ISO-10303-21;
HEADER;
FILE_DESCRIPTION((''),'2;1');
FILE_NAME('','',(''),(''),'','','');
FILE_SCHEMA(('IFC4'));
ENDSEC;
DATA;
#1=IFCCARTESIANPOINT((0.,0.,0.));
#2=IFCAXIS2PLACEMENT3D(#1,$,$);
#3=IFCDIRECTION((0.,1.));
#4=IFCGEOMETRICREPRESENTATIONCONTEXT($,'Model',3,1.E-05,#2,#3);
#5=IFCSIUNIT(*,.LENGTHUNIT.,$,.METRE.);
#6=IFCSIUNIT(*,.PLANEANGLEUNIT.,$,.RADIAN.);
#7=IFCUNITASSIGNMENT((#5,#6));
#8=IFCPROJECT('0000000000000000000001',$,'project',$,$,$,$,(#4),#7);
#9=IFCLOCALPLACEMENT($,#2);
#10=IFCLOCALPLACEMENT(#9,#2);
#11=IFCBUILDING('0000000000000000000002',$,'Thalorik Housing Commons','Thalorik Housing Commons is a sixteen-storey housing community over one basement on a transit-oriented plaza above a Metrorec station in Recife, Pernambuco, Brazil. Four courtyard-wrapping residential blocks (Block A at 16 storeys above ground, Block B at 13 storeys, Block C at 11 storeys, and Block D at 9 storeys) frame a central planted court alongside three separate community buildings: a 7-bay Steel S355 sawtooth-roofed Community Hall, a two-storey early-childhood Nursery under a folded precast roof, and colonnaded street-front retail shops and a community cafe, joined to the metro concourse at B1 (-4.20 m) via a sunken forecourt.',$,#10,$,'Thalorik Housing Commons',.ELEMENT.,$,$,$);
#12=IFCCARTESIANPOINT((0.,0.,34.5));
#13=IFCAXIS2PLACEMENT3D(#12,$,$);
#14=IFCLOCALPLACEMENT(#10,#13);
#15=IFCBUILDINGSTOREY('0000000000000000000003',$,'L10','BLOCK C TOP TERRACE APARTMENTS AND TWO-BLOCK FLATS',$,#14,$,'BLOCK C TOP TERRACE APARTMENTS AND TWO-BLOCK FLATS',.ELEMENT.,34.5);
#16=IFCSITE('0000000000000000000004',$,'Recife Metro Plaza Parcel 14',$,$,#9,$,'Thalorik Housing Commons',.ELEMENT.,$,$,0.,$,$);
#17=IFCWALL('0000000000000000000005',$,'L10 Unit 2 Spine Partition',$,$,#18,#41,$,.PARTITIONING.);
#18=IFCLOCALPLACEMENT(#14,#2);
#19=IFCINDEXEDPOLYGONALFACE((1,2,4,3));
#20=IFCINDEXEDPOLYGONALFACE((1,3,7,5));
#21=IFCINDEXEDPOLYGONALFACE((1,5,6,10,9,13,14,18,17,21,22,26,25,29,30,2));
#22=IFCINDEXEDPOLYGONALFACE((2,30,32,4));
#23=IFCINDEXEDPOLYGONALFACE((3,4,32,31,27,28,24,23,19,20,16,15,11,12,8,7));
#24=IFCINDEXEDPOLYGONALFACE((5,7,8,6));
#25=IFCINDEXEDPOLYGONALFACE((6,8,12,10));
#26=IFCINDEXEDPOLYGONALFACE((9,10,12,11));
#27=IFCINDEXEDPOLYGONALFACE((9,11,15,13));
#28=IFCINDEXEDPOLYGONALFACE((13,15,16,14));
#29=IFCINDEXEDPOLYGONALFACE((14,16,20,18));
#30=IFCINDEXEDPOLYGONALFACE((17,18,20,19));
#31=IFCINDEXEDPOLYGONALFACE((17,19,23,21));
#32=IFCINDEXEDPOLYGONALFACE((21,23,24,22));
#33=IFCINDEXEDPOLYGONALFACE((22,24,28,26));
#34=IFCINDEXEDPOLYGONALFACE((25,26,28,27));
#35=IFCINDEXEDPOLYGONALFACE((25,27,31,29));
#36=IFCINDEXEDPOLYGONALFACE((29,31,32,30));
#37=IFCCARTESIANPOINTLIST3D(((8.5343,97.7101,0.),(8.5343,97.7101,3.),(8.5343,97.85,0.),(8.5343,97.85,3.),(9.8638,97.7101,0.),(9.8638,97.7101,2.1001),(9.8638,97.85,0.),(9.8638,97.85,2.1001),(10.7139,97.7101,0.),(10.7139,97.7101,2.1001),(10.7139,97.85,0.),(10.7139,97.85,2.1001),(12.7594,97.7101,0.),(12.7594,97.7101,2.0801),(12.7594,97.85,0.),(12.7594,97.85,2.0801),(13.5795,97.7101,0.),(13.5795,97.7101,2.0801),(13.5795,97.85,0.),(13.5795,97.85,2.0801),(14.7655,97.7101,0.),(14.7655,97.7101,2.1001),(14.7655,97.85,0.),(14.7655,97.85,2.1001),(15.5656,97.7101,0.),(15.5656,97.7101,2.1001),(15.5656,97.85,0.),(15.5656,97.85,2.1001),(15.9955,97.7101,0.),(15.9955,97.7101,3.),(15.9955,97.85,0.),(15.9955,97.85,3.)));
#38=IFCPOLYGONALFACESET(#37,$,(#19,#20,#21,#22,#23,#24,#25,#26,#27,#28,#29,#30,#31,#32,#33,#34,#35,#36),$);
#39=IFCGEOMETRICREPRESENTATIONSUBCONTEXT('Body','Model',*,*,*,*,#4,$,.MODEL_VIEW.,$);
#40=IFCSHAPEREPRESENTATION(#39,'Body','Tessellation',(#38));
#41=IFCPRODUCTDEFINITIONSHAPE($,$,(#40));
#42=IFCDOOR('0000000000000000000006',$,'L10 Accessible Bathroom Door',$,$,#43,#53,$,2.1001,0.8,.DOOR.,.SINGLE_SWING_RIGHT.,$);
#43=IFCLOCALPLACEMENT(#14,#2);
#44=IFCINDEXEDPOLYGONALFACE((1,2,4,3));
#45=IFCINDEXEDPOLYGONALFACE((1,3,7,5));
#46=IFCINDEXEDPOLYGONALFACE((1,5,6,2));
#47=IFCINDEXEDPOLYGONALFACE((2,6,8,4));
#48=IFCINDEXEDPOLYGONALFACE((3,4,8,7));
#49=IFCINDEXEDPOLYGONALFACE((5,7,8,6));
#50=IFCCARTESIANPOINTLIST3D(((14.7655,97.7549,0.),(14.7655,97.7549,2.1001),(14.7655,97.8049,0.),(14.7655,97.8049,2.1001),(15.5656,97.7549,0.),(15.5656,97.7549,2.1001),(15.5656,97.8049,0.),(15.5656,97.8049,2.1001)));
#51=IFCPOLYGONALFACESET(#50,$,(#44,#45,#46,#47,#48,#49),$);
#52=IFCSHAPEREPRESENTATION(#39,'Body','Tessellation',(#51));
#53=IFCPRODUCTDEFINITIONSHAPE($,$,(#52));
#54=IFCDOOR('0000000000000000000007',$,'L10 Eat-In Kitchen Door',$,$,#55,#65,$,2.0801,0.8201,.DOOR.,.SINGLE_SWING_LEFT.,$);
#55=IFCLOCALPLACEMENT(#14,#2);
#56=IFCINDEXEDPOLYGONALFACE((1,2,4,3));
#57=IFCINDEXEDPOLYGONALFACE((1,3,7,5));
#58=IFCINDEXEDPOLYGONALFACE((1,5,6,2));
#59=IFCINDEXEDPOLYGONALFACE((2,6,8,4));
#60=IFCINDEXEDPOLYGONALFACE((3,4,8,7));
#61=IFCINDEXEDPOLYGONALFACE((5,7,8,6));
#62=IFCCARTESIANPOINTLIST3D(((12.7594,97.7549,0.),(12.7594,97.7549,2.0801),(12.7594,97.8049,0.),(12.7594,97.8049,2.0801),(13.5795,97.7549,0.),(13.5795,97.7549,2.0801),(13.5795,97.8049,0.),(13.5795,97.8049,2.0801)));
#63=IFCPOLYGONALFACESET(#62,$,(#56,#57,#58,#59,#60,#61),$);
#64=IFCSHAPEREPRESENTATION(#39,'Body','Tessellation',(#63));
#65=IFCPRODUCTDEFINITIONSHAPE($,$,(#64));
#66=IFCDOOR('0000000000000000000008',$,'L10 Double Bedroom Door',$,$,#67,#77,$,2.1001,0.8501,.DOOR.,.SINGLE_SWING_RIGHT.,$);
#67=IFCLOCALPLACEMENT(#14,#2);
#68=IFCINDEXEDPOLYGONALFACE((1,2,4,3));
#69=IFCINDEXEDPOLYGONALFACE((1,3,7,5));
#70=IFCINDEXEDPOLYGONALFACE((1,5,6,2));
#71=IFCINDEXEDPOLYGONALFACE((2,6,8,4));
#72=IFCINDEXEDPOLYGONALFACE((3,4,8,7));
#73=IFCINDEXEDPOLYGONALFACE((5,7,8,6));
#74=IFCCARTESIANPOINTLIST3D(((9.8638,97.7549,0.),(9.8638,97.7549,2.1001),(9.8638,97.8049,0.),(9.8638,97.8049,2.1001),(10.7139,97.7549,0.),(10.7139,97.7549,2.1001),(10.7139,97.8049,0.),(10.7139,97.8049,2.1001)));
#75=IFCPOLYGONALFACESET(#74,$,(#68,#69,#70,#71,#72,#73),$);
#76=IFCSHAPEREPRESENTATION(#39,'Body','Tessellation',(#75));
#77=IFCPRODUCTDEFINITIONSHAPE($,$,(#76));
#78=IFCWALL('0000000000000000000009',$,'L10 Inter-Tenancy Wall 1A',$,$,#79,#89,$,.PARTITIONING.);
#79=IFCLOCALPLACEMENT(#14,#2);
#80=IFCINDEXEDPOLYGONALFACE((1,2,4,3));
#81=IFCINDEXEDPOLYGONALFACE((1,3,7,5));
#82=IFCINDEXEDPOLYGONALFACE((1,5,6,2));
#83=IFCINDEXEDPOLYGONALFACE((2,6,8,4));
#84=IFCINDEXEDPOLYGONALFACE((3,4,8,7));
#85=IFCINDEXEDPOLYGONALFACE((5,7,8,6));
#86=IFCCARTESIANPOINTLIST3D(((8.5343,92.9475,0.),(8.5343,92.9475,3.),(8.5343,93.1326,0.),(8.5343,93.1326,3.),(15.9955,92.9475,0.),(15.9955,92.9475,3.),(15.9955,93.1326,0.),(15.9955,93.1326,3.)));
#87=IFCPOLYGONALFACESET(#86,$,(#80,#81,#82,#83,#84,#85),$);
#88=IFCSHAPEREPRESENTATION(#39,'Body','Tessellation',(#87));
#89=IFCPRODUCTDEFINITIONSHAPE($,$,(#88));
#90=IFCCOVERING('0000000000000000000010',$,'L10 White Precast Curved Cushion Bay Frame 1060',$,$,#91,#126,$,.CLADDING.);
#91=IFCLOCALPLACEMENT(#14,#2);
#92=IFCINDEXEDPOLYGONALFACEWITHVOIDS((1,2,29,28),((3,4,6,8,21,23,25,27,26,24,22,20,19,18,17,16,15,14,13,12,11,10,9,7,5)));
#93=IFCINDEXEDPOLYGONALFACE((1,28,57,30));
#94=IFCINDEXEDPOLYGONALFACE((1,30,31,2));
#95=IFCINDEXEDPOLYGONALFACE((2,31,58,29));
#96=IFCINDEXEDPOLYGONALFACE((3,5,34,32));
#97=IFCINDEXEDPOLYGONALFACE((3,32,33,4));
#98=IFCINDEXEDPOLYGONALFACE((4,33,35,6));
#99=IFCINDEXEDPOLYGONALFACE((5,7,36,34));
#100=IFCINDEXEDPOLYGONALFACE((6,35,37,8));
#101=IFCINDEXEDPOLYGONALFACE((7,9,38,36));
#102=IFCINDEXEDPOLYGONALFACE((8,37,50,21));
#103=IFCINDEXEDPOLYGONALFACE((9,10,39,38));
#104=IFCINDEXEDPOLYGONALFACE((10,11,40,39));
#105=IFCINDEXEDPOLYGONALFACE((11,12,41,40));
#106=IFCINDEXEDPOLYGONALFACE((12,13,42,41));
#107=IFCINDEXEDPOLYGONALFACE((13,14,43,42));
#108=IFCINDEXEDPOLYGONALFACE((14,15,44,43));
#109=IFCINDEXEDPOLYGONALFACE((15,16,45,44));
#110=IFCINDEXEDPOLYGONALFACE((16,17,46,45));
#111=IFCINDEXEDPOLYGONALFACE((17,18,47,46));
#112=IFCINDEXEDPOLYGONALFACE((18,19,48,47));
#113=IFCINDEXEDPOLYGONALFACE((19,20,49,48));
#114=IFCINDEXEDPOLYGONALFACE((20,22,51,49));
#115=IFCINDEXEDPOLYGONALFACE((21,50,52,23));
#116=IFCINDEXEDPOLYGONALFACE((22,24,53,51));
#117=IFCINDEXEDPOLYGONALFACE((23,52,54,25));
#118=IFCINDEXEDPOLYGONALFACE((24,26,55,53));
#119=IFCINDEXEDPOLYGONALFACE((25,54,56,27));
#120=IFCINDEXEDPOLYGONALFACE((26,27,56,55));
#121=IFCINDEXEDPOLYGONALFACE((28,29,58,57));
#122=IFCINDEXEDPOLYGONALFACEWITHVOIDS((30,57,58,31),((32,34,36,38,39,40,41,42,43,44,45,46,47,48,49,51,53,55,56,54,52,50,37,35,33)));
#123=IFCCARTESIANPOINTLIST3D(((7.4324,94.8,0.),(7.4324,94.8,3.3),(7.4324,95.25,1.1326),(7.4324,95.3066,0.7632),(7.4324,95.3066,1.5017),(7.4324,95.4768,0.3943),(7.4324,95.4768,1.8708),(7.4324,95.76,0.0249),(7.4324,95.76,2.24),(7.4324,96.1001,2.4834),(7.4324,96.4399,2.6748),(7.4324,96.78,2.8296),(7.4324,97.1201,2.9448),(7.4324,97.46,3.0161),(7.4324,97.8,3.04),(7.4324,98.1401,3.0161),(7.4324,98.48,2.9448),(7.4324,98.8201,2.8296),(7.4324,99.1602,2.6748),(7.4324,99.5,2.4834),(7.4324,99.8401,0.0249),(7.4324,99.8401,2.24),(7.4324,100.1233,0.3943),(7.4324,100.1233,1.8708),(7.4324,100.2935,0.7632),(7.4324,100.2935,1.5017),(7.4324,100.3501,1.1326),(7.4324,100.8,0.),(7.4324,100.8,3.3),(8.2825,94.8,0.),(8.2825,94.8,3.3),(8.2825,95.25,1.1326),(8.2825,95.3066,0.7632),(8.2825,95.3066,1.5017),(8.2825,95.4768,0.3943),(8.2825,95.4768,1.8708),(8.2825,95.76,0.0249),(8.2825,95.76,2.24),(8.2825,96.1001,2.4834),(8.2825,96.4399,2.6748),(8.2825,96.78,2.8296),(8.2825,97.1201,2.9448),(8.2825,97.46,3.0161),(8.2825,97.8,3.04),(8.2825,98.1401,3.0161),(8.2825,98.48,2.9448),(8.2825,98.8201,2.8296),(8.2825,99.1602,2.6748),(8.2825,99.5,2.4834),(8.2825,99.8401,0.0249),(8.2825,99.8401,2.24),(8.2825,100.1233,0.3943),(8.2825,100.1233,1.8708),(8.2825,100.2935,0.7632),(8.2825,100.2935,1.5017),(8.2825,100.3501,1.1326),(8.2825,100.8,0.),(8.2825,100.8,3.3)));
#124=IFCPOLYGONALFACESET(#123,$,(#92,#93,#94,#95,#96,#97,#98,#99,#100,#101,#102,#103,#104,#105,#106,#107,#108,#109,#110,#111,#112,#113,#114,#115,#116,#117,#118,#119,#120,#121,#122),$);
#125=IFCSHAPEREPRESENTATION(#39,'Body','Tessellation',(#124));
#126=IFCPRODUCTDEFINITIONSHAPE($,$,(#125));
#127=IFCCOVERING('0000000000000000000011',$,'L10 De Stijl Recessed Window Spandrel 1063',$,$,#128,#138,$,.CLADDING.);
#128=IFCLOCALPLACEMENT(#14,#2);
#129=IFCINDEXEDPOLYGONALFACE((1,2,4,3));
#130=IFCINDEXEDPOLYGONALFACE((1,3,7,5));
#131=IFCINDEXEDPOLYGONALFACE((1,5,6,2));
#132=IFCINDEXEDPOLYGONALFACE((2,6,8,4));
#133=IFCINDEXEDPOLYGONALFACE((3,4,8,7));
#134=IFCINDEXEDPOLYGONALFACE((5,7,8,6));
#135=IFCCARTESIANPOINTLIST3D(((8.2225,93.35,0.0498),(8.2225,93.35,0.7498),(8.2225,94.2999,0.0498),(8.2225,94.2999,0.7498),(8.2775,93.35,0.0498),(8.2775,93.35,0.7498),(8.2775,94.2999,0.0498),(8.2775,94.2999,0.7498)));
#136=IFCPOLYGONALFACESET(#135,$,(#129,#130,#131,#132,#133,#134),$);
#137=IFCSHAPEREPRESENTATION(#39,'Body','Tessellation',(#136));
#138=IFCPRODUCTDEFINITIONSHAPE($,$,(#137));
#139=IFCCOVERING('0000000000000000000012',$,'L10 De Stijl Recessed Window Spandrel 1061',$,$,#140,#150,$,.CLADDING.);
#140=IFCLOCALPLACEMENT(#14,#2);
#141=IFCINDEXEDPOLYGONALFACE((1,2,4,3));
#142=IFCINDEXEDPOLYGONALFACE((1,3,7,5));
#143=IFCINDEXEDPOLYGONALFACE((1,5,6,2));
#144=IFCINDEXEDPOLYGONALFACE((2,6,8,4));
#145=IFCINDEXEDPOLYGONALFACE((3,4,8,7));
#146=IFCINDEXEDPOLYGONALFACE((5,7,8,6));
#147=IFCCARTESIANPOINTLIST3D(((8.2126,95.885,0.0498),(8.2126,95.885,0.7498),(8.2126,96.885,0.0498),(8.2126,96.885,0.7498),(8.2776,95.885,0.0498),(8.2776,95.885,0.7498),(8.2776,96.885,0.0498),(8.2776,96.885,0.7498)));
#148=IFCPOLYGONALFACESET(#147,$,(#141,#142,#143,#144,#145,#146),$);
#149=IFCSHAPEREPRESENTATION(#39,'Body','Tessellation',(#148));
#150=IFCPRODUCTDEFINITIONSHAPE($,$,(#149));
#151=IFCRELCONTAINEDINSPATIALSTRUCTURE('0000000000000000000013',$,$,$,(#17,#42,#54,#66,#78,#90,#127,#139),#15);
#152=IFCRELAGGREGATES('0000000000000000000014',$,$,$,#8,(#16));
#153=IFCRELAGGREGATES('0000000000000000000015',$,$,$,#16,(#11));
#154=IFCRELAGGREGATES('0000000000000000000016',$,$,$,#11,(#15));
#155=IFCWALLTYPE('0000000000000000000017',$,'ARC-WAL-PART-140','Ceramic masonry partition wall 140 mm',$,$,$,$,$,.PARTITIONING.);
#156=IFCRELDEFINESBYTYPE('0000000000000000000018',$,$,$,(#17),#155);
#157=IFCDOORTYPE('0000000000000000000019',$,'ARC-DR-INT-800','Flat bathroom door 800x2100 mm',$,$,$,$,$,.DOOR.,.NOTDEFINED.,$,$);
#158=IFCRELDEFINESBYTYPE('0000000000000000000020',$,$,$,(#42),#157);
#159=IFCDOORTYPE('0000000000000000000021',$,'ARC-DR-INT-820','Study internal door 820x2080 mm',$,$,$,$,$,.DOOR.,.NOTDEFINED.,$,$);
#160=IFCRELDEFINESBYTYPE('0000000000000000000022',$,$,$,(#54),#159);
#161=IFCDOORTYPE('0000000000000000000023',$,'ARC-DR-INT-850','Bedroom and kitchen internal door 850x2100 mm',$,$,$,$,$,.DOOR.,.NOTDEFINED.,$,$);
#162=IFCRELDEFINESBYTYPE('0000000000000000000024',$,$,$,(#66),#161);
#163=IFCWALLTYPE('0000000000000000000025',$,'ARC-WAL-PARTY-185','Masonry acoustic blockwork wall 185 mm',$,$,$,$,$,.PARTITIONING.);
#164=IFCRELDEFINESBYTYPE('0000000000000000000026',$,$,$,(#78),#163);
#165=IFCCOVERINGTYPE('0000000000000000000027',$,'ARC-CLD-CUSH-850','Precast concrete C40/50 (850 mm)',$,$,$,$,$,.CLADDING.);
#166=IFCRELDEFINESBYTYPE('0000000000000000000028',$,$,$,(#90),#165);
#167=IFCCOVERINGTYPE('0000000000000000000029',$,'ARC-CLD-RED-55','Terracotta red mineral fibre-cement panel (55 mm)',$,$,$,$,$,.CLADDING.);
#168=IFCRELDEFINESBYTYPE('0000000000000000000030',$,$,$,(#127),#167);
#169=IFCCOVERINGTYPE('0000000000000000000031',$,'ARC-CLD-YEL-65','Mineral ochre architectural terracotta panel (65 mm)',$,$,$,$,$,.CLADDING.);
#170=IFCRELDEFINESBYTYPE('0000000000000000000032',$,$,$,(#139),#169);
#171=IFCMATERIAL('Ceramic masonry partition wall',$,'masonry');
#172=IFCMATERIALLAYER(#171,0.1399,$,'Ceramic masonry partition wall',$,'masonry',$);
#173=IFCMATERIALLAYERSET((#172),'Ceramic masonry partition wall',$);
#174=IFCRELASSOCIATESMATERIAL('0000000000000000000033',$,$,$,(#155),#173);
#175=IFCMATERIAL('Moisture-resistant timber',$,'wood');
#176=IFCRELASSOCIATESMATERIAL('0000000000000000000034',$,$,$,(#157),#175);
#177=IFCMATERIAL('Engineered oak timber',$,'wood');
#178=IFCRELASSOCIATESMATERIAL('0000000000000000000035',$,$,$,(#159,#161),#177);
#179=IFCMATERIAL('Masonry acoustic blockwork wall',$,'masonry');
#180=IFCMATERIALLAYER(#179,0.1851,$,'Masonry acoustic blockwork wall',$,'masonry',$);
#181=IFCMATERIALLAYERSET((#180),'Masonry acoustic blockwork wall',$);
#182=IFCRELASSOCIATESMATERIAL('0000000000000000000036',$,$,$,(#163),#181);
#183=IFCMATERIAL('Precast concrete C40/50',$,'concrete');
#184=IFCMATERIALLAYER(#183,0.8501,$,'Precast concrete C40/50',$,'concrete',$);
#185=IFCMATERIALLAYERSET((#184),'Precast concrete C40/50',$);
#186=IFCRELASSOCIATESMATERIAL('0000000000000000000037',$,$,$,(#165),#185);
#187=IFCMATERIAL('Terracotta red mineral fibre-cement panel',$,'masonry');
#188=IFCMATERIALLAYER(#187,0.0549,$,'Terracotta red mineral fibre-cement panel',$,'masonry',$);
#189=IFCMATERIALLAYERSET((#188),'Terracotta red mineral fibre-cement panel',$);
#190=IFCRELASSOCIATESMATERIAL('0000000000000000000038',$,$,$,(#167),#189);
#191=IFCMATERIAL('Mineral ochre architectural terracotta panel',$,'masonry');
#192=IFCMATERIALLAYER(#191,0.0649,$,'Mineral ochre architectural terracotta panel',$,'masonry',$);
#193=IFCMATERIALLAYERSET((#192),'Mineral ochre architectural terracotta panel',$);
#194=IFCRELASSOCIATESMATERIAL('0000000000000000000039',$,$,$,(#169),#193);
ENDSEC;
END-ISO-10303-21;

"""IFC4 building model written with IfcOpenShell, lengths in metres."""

from ifc_helpers import new_model, si_unit, direction, frame, frame_2d, origin, origin_2d, place, context, subcontext, project, spatial, polyline, rectangle, outline, extrude, material, layer, layer_set, type_object, element, fill, save


model = new_model("IFC4")

# Units and contexts
model_context = context("Model", 3, precision=1e-05, world=origin(), true_north=direction((0.0, 1.0)))
body_context = subcontext(model_context, "Body", "Model", "MODEL_VIEW")
ifc_project = project(units=[si_unit("LENGTHUNIT", "METRE"), si_unit("PLANEANGLEUNIT", "RADIAN")], contexts=[model_context])

# Site, building, storey
site_placement = place(None, origin())
site = spatial("IfcSite", under=ifc_project, at=site_placement, Name="Recife Metro Plaza Parcel 14", LongName="Thalorik Housing Commons", CompositionType="ELEMENT", RefElevation=0.0)
building_placement = place(site_placement, origin())
building = spatial("IfcBuilding", under=site, at=building_placement, Name="Thalorik Housing Commons", Description="Thalorik Housing Commons is a sixteen-storey housing community over one basement on a transit-oriented plaza above a Metrorec station in Recife, Pernambuco, Brazil. Four courtyard-wrapping residential blocks (Block A at 16 storeys above ground, Block B at 13 storeys, Block C at 11 storeys, and Block D at 9 storeys) frame a central planted court alongside three separate community buildings: a 7-bay Steel S355 sawtooth-roofed Community Hall, a two-storey early-childhood Nursery under a folded precast roof, and colonnaded street-front retail shops and a community cafe, joined to the metro concourse at B1 (-4.20 m) via a sunken forecourt.", LongName="Thalorik Housing Commons", CompositionType="ELEMENT")
storey_placement = place(building_placement, frame((0.0, 0.0, 34.5)))
storey = spatial("IfcBuildingStorey", under=building, at=storey_placement, Name="L10", Description="BLOCK C TOP TERRACE APARTMENTS AND TWO-BLOCK FLATS", LongName="BLOCK C TOP TERRACE APARTMENTS AND TWO-BLOCK FLATS", CompositionType="ELEMENT", Elevation=34.5)

# Shared definitions
ifc_material_1 = material(Name="Precast concrete C40/50", Category="concrete")

# Shared definitions
ifc_material_2 = material(Name="Ceramic masonry partition wall", Category="masonry")
ifc_layer_1 = layer(ifc_material_2, 0.1399, Name="Ceramic masonry partition wall", Category="masonry")
ifc_layer_set_1 = layer_set([ifc_layer_1], Name="Ceramic masonry partition wall")
wall_type_1 = type_object("IfcWallType", Name="ARC-WAL-PART-140", Description="Ceramic masonry partition wall 140 mm", PredefinedType="PARTITIONING", material=ifc_layer_set_1)

# Wall, openings, doors
wall_1_placement = place(storey_placement, frame((8.5344, 97.78, 0.0), z_axis=(0.0, 0.0, 1.0), x_axis=(1.0, 0.0, 0.0)))
wall_1 = element("IfcWall", 1, at=wall_1_placement, inside=storey, type_object=wall_type_1, Name="L10 Unit 2 Spine Partition", PredefinedType="PARTITIONING", context=body_context, shape_type="SweptSolid", body=[
    extrude(rectangle(XDim=7.4612, YDim=0.1399, at=frame_2d((3.7305, 0.0))), origin(), (0.0, 0.0, 1.0), 3.0),
])
opening_1_placement = place(wall_1_placement, frame((1.3293, 0.0, 0.0)))
opening_1 = element("IfcOpeningElement", 2, at=opening_1_placement, cuts=wall_1, PredefinedType="OPENING", context=body_context, shape_type="SweptSolid", body=[
    extrude(rectangle(XDim=0.8501, YDim=2.1001, at=frame_2d((0.425, 1.05))), frame((0.0, 0.0801, 0.0), z_axis=(0.0, -1.0, 0.0), x_axis=(1.0, 0.0, 0.0)), (0.0, 0.0, 1.0), 0.1599),
])
opening_2_placement = place(wall_1_placement, frame((4.2249, 0.0, 0.0)))
opening_2 = element("IfcOpeningElement", 3, at=opening_2_placement, cuts=wall_1, PredefinedType="OPENING", context=body_context, shape_type="SweptSolid", body=[
    extrude(rectangle(XDim=0.8201, YDim=2.0801, at=frame_2d((0.4102, 1.04))), frame((0.0, 0.0801, 0.0), z_axis=(0.0, -1.0, 0.0), x_axis=(1.0, 0.0, 0.0)), (0.0, 0.0, 1.0), 0.1599),
])
opening_3_placement = place(wall_1_placement, frame((6.2312, 0.0, 0.0)))
opening_3 = element("IfcOpeningElement", 4, at=opening_3_placement, cuts=wall_1, PredefinedType="OPENING", context=body_context, shape_type="SweptSolid", body=[
    extrude(rectangle(XDim=0.8, YDim=2.1001, at=frame_2d((0.3999, 1.05))), frame((0.0, 0.0801, 0.0), z_axis=(0.0, -1.0, 0.0), x_axis=(1.0, 0.0, 0.0)), (0.0, 0.0, 1.0), 0.1599),
])
ifc_material_3 = material(Name="Moisture-resistant timber", Category="wood")
door_type_1 = type_object("IfcDoorType", Name="ARC-DR-INT-800", Description="Flat bathroom door 800x2100 mm", OperationType="NOTDEFINED", PredefinedType="DOOR", material=ifc_material_3)
door_1_placement = place(opening_3_placement, origin())
door_1 = element("IfcDoor", 5, at=door_1_placement, inside=storey, type_object=door_type_1, Name="L10 Accessible Bathroom Door", OperationType="SINGLE_SWING_RIGHT", OverallHeight=2.1001, OverallWidth=0.8, PredefinedType="DOOR", context=body_context, shape_type="SweptSolid", body=[
    extrude(rectangle(XDim=0.8, YDim=2.1001, at=frame_2d((0.3999, 1.05))), frame((0.0, 0.0249, 0.0), z_axis=(0.0, -1.0, 0.0), x_axis=(1.0, 0.0, 0.0)), (0.0, 0.0, 1.0), 0.05),
])
fill(opening_3, door_1)
ifc_material_4 = material(Name="Engineered oak timber", Category="wood")
door_type_2 = type_object("IfcDoorType", Name="ARC-DR-INT-820", Description="Study internal door 820x2080 mm", OperationType="NOTDEFINED", PredefinedType="DOOR", material=ifc_material_4)
door_2_placement = place(opening_2_placement, origin())
door_2 = element("IfcDoor", 6, at=door_2_placement, inside=storey, type_object=door_type_2, Name="L10 Eat-In Kitchen Door", OperationType="SINGLE_SWING_LEFT", OverallHeight=2.0801, OverallWidth=0.8201, PredefinedType="DOOR", context=body_context, shape_type="SweptSolid", body=[
    extrude(rectangle(XDim=0.8201, YDim=2.0801, at=frame_2d((0.4102, 1.04))), frame((0.0, 0.0249, 0.0), z_axis=(0.0, -1.0, 0.0), x_axis=(1.0, 0.0, 0.0)), (0.0, 0.0, 1.0), 0.05),
])
fill(opening_2, door_2)
door_type_3 = type_object("IfcDoorType", Name="ARC-DR-INT-850", Description="Bedroom and kitchen internal door 850x2100 mm", OperationType="NOTDEFINED", PredefinedType="DOOR", material=ifc_material_4)
door_3_placement = place(opening_1_placement, origin())
door_3 = element("IfcDoor", 7, at=door_3_placement, inside=storey, type_object=door_type_3, Name="L10 Double Bedroom Door", OperationType="SINGLE_SWING_RIGHT", OverallHeight=2.1001, OverallWidth=0.8501, PredefinedType="DOOR", context=body_context, shape_type="SweptSolid", body=[
    extrude(rectangle(XDim=0.8501, YDim=2.1001, at=frame_2d((0.425, 1.05))), frame((0.0, 0.0249, 0.0), z_axis=(0.0, -1.0, 0.0), x_axis=(1.0, 0.0, 0.0)), (0.0, 0.0, 1.0), 0.05),
])
fill(opening_1, door_3)

# Wall
ifc_material_5 = material(Name="Masonry acoustic blockwork wall", Category="masonry")
ifc_layer_2 = layer(ifc_material_5, 0.1851, Name="Masonry acoustic blockwork wall", Category="masonry")
ifc_layer_set_2 = layer_set([ifc_layer_2], Name="Masonry acoustic blockwork wall")
wall_type_2 = type_object("IfcWallType", Name="ARC-WAL-PARTY-185", Description="Masonry acoustic blockwork wall 185 mm", PredefinedType="PARTITIONING", material=ifc_layer_set_2)
wall_2_placement = place(storey_placement, frame((8.5344, 93.04, 0.0), z_axis=(0.0, 0.0, 1.0), x_axis=(1.0, 0.0, 0.0)))
element("IfcWall", 8, at=wall_2_placement, inside=storey, type_object=wall_type_2, Name="L10 Inter-Tenancy Wall 1A", PredefinedType="PARTITIONING", context=body_context, shape_type="SweptSolid", body=[
    extrude(rectangle(XDim=7.4612, YDim=0.1851, at=frame_2d((3.7305, 0.0))), origin(), (0.0, 0.0, 1.0), 3.0),
])

# Coverings
ifc_layer_3 = layer(ifc_material_1, 0.8501, Name="Precast concrete C40/50", Category="concrete")
ifc_layer_set_3 = layer_set([ifc_layer_3], Name="Precast concrete C40/50")
covering_type_1 = type_object("IfcCoveringType", Name="ARC-CLD-CUSH-850", Description="Precast concrete C40/50 (850 mm)", PredefinedType="CLADDING", material=ifc_layer_set_3)
covering_1_placement = place(storey_placement, frame((7.8574, 97.8, 0.0), z_axis=(0.0, 0.0, 1.0), x_axis=(0.0, -1.0, 0.0)))
element("IfcCovering", 9, at=covering_1_placement, inside=storey, type_object=covering_type_1, Name="L10 White Precast Curved Cushion Bay Frame 1060", PredefinedType="CLADDING", context=body_context, shape_type="SweptSolid", body=[
    extrude(outline(polyline([(-3.0, 0.0), (3.0, 0.0), (3.0, 3.3), (-3.0, 3.3), (-3.0, 0.0)]), holes=[polyline([(2.04, 0.0249), (2.3232, 0.3943), (2.4934, 0.7632), (2.55, 1.1326), (2.4934, 1.5017), (2.3232, 1.8708), (2.04, 2.24), (1.7, 2.4834), (1.3601, 2.6748), (1.02, 2.8296), (0.6799, 2.9448), (0.3401, 3.0161), (0.0, 3.04), (-0.3401, 3.0161), (-0.6799, 2.9448), (-1.02, 2.8296), (-1.3601, 2.6748), (-1.7, 2.4834), (-2.04, 2.24), (-2.3232, 1.8708), (-2.4934, 1.5017), (-2.55, 1.1326), (-2.4934, 0.7632), (-2.3232, 0.3943), (-2.04, 0.0249), (2.04, 0.0249)])]), frame((0.0, 0.425, 0.0), z_axis=(0.0, -1.0, 0.0), x_axis=(1.0, 0.0, 0.0)), (0.0, 0.0, 1.0), 0.8501),
])
ifc_material_6 = material(Name="Terracotta red mineral fibre-cement panel", Category="masonry")
ifc_layer_4 = layer(ifc_material_6, 0.0549, Name="Terracotta red mineral fibre-cement panel", Category="masonry")
ifc_layer_set_4 = layer_set([ifc_layer_4], Name="Terracotta red mineral fibre-cement panel")
covering_type_2 = type_object("IfcCoveringType", Name="ARC-CLD-RED-55", Description="Terracotta red mineral fibre-cement panel (55 mm)", PredefinedType="CLADDING", material=ifc_layer_set_4)
covering_2_placement = place(storey_placement, frame((8.25, 93.825, 0.0498), z_axis=(0.0, 0.0, 1.0), x_axis=(0.0, -1.0, 0.0)))
element("IfcCovering", 10, at=covering_2_placement, inside=storey, type_object=covering_type_2, Name="L10 De Stijl Recessed Window Spandrel 1063", PredefinedType="CLADDING", context=body_context, shape_type="SweptSolid", body=[
    extrude(rectangle(XDim=0.95, YDim=0.0549, at=origin_2d()), origin(), (0.0, 0.0, 1.0), 0.7),
])
ifc_material_7 = material(Name="Mineral ochre architectural terracotta panel", Category="masonry")
ifc_layer_5 = layer(ifc_material_7, 0.0649, Name="Mineral ochre architectural terracotta panel", Category="masonry")
ifc_layer_set_5 = layer_set([ifc_layer_5], Name="Mineral ochre architectural terracotta panel")
covering_type_3 = type_object("IfcCoveringType", Name="ARC-CLD-YEL-65", Description="Mineral ochre architectural terracotta panel (65 mm)", PredefinedType="CLADDING", material=ifc_layer_set_5)
covering_3_placement = place(storey_placement, frame((8.2451, 96.385, 0.0498), z_axis=(0.0, 0.0, 1.0), x_axis=(0.0, -1.0, 0.0)))
element("IfcCovering", 11, at=covering_3_placement, inside=storey, type_object=covering_type_3, Name="L10 De Stijl Recessed Window Spandrel 1061", PredefinedType="CLADDING", context=body_context, shape_type="SweptSolid", body=[
    extrude(rectangle(XDim=1.0, YDim=0.0649, at=origin_2d()), origin(), (0.0, 0.0, 1.0), 0.7),
])

save(model, "model.ifc")
